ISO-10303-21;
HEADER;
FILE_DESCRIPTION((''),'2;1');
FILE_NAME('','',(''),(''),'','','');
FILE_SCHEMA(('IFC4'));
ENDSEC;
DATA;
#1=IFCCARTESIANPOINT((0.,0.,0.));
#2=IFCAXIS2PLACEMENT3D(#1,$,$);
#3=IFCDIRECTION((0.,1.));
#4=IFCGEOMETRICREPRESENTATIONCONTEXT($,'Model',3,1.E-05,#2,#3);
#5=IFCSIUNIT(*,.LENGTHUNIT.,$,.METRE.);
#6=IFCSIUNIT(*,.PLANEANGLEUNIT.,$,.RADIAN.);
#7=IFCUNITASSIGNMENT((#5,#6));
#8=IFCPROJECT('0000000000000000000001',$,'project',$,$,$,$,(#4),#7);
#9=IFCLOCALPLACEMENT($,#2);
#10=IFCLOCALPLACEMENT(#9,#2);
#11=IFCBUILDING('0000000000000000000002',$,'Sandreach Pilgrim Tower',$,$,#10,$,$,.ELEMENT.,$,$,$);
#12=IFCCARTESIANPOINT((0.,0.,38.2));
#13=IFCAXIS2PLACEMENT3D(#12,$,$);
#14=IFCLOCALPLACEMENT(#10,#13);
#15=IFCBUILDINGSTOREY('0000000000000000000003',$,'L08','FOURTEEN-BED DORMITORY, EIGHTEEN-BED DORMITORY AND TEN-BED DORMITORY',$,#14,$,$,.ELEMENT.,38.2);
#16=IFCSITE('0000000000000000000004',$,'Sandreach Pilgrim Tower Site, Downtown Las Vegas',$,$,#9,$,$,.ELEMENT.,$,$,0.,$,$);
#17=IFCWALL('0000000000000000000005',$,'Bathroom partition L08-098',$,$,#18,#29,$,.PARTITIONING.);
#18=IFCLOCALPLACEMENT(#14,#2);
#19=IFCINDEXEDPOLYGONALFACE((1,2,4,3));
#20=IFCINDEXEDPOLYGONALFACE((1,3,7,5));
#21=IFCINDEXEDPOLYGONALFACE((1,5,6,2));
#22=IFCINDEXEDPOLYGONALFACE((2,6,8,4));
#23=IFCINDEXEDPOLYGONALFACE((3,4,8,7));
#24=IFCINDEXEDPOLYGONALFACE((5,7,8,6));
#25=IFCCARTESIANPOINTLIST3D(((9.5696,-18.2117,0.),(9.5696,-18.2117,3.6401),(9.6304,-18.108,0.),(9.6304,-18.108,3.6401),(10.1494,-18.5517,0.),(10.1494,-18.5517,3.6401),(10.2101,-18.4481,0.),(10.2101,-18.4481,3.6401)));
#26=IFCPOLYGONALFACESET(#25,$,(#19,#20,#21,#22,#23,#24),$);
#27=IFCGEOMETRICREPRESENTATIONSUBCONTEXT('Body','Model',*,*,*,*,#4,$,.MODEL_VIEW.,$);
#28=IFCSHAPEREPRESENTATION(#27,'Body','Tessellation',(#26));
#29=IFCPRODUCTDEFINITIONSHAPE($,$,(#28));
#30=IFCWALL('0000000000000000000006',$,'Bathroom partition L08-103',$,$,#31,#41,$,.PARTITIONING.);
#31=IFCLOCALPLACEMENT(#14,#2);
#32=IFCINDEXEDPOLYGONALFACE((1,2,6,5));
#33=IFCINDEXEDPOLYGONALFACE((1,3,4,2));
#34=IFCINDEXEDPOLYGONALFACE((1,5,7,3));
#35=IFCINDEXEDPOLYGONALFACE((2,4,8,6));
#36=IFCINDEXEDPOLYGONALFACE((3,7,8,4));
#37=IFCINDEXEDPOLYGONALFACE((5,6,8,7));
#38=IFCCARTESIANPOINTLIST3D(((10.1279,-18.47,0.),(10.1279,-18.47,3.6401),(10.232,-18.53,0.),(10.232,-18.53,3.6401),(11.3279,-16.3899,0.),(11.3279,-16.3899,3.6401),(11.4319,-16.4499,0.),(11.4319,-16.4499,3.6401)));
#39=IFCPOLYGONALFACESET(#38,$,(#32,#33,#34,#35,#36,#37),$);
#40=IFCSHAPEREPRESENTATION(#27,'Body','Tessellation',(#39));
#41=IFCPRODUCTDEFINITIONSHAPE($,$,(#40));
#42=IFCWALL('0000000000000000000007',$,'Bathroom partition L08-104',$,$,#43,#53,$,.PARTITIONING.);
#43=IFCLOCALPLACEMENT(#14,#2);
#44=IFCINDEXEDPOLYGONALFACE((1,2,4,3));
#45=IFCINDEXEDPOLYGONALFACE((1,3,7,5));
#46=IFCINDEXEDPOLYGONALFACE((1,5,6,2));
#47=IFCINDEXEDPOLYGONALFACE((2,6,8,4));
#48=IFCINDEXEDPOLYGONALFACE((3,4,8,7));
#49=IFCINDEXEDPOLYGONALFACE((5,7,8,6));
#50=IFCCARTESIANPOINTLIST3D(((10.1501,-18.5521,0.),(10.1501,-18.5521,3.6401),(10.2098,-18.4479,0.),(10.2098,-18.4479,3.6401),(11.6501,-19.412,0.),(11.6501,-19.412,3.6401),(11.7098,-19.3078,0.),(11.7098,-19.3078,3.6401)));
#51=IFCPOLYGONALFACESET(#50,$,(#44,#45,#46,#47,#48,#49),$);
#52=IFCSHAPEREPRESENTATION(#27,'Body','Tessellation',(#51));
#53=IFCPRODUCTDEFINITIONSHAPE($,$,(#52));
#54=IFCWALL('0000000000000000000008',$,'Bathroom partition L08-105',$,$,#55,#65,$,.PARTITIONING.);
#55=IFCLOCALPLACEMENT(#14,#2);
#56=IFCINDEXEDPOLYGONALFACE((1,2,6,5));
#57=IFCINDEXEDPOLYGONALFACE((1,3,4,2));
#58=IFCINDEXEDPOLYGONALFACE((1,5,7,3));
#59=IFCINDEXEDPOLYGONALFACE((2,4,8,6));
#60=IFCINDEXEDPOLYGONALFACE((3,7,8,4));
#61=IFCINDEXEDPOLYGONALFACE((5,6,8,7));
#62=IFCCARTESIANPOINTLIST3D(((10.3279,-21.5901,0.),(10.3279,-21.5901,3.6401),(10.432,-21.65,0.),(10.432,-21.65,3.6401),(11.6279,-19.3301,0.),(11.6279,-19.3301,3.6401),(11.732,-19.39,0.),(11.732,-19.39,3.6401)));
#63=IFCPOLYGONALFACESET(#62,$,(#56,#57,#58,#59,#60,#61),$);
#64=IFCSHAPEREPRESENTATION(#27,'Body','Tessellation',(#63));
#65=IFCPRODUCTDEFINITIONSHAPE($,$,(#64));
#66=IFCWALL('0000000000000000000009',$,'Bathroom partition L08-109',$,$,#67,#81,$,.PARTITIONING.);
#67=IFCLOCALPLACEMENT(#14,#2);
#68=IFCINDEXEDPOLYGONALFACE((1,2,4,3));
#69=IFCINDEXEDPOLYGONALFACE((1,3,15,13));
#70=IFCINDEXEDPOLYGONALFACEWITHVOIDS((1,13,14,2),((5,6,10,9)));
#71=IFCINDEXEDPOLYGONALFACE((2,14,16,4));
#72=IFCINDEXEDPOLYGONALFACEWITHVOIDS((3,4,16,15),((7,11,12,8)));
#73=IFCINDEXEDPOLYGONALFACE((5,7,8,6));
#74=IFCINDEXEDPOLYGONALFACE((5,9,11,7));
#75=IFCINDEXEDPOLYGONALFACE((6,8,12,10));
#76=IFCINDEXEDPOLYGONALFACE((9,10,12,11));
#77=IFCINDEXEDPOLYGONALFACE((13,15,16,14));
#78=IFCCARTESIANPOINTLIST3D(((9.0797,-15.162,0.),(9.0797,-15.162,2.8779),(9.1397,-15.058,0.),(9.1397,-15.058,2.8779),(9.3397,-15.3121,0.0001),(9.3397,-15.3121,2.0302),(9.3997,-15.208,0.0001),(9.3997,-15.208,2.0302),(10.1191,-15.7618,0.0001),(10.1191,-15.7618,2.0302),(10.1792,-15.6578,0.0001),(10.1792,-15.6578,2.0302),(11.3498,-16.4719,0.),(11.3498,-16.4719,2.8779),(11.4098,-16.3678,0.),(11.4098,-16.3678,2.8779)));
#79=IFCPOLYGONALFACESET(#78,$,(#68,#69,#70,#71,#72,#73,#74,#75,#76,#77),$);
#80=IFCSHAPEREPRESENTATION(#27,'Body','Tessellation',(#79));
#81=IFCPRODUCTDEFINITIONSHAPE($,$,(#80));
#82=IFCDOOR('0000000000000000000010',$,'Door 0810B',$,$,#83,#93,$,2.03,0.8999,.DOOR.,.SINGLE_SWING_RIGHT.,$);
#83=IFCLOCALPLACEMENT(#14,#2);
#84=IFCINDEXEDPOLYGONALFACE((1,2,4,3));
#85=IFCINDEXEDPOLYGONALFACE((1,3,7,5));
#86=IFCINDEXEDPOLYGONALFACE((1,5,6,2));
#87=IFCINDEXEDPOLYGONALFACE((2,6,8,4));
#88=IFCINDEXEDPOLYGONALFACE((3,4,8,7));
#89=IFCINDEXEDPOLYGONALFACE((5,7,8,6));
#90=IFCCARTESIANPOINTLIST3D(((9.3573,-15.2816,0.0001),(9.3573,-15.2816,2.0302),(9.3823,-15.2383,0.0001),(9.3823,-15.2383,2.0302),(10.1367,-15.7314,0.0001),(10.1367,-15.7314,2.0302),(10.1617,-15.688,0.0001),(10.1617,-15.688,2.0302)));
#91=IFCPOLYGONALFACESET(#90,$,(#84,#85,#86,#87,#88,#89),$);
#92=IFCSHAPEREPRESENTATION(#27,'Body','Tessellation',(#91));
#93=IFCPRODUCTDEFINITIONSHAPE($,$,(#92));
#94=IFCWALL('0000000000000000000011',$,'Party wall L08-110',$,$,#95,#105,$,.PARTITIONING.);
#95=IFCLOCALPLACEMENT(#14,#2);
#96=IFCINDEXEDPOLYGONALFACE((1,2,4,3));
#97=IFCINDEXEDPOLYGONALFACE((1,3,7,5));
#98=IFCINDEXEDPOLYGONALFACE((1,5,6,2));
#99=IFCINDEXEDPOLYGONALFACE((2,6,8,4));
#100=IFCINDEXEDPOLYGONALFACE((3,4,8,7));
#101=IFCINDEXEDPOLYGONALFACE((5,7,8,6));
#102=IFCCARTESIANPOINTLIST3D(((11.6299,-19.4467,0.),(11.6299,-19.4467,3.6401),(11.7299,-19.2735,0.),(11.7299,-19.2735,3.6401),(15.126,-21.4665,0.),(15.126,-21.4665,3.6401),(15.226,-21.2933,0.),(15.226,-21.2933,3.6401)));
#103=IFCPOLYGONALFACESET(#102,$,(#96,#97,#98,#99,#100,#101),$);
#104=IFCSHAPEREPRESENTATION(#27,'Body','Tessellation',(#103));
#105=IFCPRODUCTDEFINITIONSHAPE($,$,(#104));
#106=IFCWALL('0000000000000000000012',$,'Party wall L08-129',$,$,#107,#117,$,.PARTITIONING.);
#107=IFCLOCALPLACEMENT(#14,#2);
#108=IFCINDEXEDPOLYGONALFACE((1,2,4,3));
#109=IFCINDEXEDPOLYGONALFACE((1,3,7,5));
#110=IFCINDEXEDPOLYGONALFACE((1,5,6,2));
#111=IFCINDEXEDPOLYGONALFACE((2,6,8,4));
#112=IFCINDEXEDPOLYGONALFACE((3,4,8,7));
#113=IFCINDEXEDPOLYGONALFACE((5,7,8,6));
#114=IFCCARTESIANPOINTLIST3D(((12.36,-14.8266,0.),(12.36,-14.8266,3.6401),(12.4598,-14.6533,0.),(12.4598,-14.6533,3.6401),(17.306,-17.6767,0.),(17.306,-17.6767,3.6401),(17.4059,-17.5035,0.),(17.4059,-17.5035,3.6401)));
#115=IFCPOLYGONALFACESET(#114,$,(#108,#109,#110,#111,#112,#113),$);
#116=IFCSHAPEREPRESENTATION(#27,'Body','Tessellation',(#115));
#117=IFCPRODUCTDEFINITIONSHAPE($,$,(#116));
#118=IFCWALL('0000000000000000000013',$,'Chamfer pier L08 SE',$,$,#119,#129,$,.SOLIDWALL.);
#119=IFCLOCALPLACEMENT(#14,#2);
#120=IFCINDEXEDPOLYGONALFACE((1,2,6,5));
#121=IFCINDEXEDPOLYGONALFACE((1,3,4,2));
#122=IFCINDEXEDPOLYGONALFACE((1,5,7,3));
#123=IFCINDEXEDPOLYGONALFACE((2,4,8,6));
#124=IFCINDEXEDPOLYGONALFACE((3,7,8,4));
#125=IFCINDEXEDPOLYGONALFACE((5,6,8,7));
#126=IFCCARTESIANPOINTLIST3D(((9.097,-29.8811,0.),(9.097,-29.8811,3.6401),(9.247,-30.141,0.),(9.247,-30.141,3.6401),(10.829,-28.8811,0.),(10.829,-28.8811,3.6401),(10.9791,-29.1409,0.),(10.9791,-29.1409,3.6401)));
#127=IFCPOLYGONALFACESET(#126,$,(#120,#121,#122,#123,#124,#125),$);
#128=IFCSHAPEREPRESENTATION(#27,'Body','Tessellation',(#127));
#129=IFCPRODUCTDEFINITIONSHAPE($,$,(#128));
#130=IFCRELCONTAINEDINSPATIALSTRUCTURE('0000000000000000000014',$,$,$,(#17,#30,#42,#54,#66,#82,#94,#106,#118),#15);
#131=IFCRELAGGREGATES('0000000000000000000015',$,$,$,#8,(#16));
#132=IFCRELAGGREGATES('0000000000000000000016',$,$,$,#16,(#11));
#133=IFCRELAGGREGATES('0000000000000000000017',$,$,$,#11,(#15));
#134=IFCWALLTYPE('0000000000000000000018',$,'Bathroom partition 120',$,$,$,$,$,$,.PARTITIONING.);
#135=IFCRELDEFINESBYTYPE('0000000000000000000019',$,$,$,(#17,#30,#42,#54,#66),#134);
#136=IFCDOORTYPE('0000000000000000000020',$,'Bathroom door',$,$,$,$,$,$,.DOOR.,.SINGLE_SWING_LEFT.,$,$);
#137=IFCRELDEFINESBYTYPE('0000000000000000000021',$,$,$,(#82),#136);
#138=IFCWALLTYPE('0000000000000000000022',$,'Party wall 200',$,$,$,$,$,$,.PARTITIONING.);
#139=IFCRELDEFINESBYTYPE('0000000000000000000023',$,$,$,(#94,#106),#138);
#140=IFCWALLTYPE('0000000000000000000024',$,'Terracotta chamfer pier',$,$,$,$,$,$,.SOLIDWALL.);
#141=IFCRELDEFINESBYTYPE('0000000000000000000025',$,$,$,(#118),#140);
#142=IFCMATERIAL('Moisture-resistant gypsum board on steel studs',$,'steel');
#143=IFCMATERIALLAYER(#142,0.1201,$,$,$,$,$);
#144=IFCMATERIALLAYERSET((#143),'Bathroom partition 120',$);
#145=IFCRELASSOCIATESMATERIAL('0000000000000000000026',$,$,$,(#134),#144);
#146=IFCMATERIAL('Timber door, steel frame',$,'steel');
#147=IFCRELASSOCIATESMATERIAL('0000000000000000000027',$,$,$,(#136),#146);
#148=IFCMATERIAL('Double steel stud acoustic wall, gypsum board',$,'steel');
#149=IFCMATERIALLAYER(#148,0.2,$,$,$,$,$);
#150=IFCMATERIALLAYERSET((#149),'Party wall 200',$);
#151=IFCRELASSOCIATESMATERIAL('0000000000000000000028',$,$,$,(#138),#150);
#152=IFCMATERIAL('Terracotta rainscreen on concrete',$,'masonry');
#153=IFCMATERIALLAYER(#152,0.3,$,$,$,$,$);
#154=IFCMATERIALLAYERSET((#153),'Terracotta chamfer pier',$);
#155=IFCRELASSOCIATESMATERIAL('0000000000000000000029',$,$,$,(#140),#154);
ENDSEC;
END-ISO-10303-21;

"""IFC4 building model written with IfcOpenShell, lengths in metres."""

from ifc_helpers import new_model, si_unit, direction, frame, frame_2d, origin, place, context, subcontext, project, spatial, rectangle, extrude, material, layer, layer_set, type_object, element, fill, save


model = new_model("IFC4")

# Units and contexts
model_context = context("Model", 3, precision=1e-05, world=origin(), true_north=direction((0.0, 1.0)))
body_context = subcontext(model_context, "Body", "Model", "MODEL_VIEW")
ifc_project = project(units=[si_unit("LENGTHUNIT", "METRE"), si_unit("PLANEANGLEUNIT", "RADIAN")], contexts=[model_context])

# Site, building, storey
site_placement = place(None, origin())
site = spatial("IfcSite", under=ifc_project, at=site_placement, Name="Sandreach Pilgrim Tower Site, Downtown Las Vegas", CompositionType="ELEMENT", RefElevation=0.0)
building_placement = place(site_placement, origin())
building = spatial("IfcBuilding", under=site, at=building_placement, Name="Sandreach Pilgrim Tower", CompositionType="ELEMENT")
storey_placement = place(building_placement, frame((0.0, 0.0, 38.2)))
storey = spatial("IfcBuildingStorey", under=building, at=storey_placement, Name="L08", Description="FOURTEEN-BED DORMITORY, EIGHTEEN-BED DORMITORY AND TEN-BED DORMITORY", CompositionType="ELEMENT", Elevation=38.2)

# Walls
ifc_material_1 = material(Name="Moisture-resistant gypsum board on steel studs", Category="steel")
ifc_layer_1 = layer(ifc_material_1, 0.1201)
ifc_layer_set_1 = layer_set([ifc_layer_1], Name="Bathroom partition 120")
wall_type_1 = type_object("IfcWallType", Name="Bathroom partition 120", PredefinedType="PARTITIONING", material=ifc_layer_set_1)
wall_1_placement = place(storey_placement, frame((9.6001, -18.1599, 0.0), z_axis=(0.0, 0.0, 1.0), x_axis=(0.862578, -0.505925, 0.0)))
element("IfcWall", 1, at=wall_1_placement, inside=storey, type_object=wall_type_1, Name="Bathroom partition L08-098", PredefinedType="PARTITIONING", context=body_context, shape_type="SweptSolid", body=[
    extrude(rectangle(XDim=0.6721, YDim=0.1201, at=frame_2d((0.3359, 0.0))), origin(), (0.0, 0.0, 1.0), 3.6401),
])
wall_2_placement = place(storey_placement, frame((10.1799, -18.5, 0.0), z_axis=(0.0, 0.0, 1.0), x_axis=(0.499693, 0.866203, 0.0)))
element("IfcWall", 2, at=wall_2_placement, inside=storey, type_object=wall_type_1, Name="Bathroom partition L08-103", PredefinedType="PARTITIONING", context=body_context, shape_type="SweptSolid", body=[
    extrude(rectangle(XDim=2.4014, YDim=0.1201, at=frame_2d((1.2007, 0.0))), origin(), (0.0, 0.0, 1.0), 3.6401),
])
wall_3_placement = place(storey_placement, frame((10.1799, -18.5, 0.0), z_axis=(0.0, 0.0, 1.0), x_axis=(0.867565, -0.497325, 0.0)))
element("IfcWall", 3, at=wall_3_placement, inside=storey, type_object=wall_type_1, Name="Bathroom partition L08-104", PredefinedType="PARTITIONING", context=body_context, shape_type="SweptSolid", body=[
    extrude(rectangle(XDim=1.729, YDim=0.1201, at=frame_2d((0.8645, 0.0))), origin(), (0.0, 0.0, 1.0), 3.6401),
])
wall_4_placement = place(storey_placement, frame((10.3799, -21.6201, 0.0), z_axis=(0.0, 0.0, 1.0), x_axis=(0.498628, 0.866816, 0.0)))
element("IfcWall", 4, at=wall_4_placement, inside=storey, type_object=wall_type_1, Name="Bathroom partition L08-105", PredefinedType="PARTITIONING", context=body_context, shape_type="SweptSolid", body=[
    extrude(rectangle(XDim=2.6072, YDim=0.1201, at=frame_2d((1.3037, 0.0))), origin(), (0.0, 0.0, 1.0), 3.6401),
])

# Wall, opening, door
wall_5_placement = place(storey_placement, frame((11.3799, -16.4199, 0.0), z_axis=(0.0, 0.0, 1.0), x_axis=(-0.866155, 0.499776, 0.0)))
wall_5 = element("IfcWall", 5, at=wall_5_placement, inside=storey, type_object=wall_type_1, Name="Bathroom partition L08-109", PredefinedType="PARTITIONING", context=body_context, shape_type="SweptSolid", body=[
    extrude(rectangle(XDim=2.6208, YDim=0.1201, at=frame_2d((1.3105, 0.0))), origin(), (0.0, 0.0, 1.0), 2.8779),
])
opening_placement = place(wall_5_placement, frame((1.4209, 0.0, 0.0)))
opening = element("IfcOpeningElement", 6, at=opening_placement, cuts=wall_5, PredefinedType="OPENING", context=body_context, shape_type="SweptSolid", body=[
    extrude(rectangle(XDim=0.8999, YDim=2.03, at=frame_2d((0.45, 1.0151))), frame((0.0, 0.0601, 0.0), z_axis=(0.0, -1.0, 0.0), x_axis=(1.0, 0.0, 0.0)), (0.0, 0.0, 1.0), 0.1201),
])
ifc_material_2 = material(Name="Timber door, steel frame", Category="steel")
door_type = type_object("IfcDoorType", Name="Bathroom door", OperationType="SINGLE_SWING_LEFT", PredefinedType="DOOR", material=ifc_material_2)
door_placement = place(opening_placement, origin())
door = element("IfcDoor", 7, at=door_placement, inside=storey, type_object=door_type, Name="Door 0810B", OperationType="SINGLE_SWING_RIGHT", OverallHeight=2.03, OverallWidth=0.8999, PredefinedType="DOOR", context=body_context, shape_type="SweptSolid", body=[
    extrude(rectangle(XDim=0.8999, YDim=2.03, at=frame_2d((0.45, 1.0151))), frame((0.0, 0.0249, 0.0), z_axis=(0.0, -1.0, 0.0), x_axis=(1.0, 0.0, 0.0)), (0.0, 0.0, 1.0), 0.05),
])
fill(opening, door)

# Walls
ifc_material_3 = material(Name="Double steel stud acoustic wall, gypsum board", Category="steel")
ifc_layer_2 = layer(ifc_material_3, 0.2)
ifc_layer_set_2 = layer_set([ifc_layer_2], Name="Party wall 200")
wall_type_2 = type_object("IfcWallType", Name="Party wall 200", PredefinedType="PARTITIONING", material=ifc_layer_set_2)
wall_6_placement = place(storey_placement, frame((11.6799, -19.3601, 0.0), z_axis=(0.0, 0.0, 1.0), x_axis=(0.865885, -0.500242, 0.0)))
element("IfcWall", 8, at=wall_6_placement, inside=storey, type_object=wall_type_2, Name="Party wall L08-110", PredefinedType="PARTITIONING", context=body_context, shape_type="SweptSolid", body=[
    extrude(rectangle(XDim=4.0376, YDim=0.2, at=frame_2d((2.0188, 0.0))), origin(), (0.0, 0.0, 1.0), 3.6401),
])
wall_7_placement = place(storey_placement, frame((17.356, -17.5901, 0.0), z_axis=(0.0, 0.0, 1.0), x_axis=(-0.866443, 0.499277, 0.0)))
element("IfcWall", 9, at=wall_7_placement, inside=storey, type_object=wall_type_2, Name="Party wall L08-129", PredefinedType="PARTITIONING", context=body_context, shape_type="SweptSolid", body=[
    extrude(rectangle(XDim=5.7085, YDim=0.2, at=frame_2d((2.8542, 0.0))), origin(), (0.0, 0.0, 1.0), 3.6401),
])
ifc_material_4 = material(Name="Terracotta rainscreen on concrete", Category="masonry")
ifc_layer_3 = layer(ifc_material_4, 0.3)
ifc_layer_set_3 = layer_set([ifc_layer_3], Name="Terracotta chamfer pier")
wall_type_3 = type_object("IfcWallType", Name="Terracotta chamfer pier", PredefinedType="SOLIDWALL", material=ifc_layer_set_3)
wall_8_placement = place(storey_placement, frame((10.9041, -29.011, 0.0), z_axis=(0.0, 0.0, 1.0), x_axis=(-0.866011, -0.500025, 0.0)))
element("IfcWall", 10, at=wall_8_placement, inside=storey, type_object=wall_type_3, Name="Chamfer pier L08 SE", PredefinedType="SOLIDWALL", context=body_context, shape_type="SweptSolid", body=[
    extrude(rectangle(XDim=2.0, YDim=0.3, at=frame_2d((1.0, 0.0))), origin(), (0.0, 0.0, 1.0), 3.6401),
])

save(model, "model.ifc")
